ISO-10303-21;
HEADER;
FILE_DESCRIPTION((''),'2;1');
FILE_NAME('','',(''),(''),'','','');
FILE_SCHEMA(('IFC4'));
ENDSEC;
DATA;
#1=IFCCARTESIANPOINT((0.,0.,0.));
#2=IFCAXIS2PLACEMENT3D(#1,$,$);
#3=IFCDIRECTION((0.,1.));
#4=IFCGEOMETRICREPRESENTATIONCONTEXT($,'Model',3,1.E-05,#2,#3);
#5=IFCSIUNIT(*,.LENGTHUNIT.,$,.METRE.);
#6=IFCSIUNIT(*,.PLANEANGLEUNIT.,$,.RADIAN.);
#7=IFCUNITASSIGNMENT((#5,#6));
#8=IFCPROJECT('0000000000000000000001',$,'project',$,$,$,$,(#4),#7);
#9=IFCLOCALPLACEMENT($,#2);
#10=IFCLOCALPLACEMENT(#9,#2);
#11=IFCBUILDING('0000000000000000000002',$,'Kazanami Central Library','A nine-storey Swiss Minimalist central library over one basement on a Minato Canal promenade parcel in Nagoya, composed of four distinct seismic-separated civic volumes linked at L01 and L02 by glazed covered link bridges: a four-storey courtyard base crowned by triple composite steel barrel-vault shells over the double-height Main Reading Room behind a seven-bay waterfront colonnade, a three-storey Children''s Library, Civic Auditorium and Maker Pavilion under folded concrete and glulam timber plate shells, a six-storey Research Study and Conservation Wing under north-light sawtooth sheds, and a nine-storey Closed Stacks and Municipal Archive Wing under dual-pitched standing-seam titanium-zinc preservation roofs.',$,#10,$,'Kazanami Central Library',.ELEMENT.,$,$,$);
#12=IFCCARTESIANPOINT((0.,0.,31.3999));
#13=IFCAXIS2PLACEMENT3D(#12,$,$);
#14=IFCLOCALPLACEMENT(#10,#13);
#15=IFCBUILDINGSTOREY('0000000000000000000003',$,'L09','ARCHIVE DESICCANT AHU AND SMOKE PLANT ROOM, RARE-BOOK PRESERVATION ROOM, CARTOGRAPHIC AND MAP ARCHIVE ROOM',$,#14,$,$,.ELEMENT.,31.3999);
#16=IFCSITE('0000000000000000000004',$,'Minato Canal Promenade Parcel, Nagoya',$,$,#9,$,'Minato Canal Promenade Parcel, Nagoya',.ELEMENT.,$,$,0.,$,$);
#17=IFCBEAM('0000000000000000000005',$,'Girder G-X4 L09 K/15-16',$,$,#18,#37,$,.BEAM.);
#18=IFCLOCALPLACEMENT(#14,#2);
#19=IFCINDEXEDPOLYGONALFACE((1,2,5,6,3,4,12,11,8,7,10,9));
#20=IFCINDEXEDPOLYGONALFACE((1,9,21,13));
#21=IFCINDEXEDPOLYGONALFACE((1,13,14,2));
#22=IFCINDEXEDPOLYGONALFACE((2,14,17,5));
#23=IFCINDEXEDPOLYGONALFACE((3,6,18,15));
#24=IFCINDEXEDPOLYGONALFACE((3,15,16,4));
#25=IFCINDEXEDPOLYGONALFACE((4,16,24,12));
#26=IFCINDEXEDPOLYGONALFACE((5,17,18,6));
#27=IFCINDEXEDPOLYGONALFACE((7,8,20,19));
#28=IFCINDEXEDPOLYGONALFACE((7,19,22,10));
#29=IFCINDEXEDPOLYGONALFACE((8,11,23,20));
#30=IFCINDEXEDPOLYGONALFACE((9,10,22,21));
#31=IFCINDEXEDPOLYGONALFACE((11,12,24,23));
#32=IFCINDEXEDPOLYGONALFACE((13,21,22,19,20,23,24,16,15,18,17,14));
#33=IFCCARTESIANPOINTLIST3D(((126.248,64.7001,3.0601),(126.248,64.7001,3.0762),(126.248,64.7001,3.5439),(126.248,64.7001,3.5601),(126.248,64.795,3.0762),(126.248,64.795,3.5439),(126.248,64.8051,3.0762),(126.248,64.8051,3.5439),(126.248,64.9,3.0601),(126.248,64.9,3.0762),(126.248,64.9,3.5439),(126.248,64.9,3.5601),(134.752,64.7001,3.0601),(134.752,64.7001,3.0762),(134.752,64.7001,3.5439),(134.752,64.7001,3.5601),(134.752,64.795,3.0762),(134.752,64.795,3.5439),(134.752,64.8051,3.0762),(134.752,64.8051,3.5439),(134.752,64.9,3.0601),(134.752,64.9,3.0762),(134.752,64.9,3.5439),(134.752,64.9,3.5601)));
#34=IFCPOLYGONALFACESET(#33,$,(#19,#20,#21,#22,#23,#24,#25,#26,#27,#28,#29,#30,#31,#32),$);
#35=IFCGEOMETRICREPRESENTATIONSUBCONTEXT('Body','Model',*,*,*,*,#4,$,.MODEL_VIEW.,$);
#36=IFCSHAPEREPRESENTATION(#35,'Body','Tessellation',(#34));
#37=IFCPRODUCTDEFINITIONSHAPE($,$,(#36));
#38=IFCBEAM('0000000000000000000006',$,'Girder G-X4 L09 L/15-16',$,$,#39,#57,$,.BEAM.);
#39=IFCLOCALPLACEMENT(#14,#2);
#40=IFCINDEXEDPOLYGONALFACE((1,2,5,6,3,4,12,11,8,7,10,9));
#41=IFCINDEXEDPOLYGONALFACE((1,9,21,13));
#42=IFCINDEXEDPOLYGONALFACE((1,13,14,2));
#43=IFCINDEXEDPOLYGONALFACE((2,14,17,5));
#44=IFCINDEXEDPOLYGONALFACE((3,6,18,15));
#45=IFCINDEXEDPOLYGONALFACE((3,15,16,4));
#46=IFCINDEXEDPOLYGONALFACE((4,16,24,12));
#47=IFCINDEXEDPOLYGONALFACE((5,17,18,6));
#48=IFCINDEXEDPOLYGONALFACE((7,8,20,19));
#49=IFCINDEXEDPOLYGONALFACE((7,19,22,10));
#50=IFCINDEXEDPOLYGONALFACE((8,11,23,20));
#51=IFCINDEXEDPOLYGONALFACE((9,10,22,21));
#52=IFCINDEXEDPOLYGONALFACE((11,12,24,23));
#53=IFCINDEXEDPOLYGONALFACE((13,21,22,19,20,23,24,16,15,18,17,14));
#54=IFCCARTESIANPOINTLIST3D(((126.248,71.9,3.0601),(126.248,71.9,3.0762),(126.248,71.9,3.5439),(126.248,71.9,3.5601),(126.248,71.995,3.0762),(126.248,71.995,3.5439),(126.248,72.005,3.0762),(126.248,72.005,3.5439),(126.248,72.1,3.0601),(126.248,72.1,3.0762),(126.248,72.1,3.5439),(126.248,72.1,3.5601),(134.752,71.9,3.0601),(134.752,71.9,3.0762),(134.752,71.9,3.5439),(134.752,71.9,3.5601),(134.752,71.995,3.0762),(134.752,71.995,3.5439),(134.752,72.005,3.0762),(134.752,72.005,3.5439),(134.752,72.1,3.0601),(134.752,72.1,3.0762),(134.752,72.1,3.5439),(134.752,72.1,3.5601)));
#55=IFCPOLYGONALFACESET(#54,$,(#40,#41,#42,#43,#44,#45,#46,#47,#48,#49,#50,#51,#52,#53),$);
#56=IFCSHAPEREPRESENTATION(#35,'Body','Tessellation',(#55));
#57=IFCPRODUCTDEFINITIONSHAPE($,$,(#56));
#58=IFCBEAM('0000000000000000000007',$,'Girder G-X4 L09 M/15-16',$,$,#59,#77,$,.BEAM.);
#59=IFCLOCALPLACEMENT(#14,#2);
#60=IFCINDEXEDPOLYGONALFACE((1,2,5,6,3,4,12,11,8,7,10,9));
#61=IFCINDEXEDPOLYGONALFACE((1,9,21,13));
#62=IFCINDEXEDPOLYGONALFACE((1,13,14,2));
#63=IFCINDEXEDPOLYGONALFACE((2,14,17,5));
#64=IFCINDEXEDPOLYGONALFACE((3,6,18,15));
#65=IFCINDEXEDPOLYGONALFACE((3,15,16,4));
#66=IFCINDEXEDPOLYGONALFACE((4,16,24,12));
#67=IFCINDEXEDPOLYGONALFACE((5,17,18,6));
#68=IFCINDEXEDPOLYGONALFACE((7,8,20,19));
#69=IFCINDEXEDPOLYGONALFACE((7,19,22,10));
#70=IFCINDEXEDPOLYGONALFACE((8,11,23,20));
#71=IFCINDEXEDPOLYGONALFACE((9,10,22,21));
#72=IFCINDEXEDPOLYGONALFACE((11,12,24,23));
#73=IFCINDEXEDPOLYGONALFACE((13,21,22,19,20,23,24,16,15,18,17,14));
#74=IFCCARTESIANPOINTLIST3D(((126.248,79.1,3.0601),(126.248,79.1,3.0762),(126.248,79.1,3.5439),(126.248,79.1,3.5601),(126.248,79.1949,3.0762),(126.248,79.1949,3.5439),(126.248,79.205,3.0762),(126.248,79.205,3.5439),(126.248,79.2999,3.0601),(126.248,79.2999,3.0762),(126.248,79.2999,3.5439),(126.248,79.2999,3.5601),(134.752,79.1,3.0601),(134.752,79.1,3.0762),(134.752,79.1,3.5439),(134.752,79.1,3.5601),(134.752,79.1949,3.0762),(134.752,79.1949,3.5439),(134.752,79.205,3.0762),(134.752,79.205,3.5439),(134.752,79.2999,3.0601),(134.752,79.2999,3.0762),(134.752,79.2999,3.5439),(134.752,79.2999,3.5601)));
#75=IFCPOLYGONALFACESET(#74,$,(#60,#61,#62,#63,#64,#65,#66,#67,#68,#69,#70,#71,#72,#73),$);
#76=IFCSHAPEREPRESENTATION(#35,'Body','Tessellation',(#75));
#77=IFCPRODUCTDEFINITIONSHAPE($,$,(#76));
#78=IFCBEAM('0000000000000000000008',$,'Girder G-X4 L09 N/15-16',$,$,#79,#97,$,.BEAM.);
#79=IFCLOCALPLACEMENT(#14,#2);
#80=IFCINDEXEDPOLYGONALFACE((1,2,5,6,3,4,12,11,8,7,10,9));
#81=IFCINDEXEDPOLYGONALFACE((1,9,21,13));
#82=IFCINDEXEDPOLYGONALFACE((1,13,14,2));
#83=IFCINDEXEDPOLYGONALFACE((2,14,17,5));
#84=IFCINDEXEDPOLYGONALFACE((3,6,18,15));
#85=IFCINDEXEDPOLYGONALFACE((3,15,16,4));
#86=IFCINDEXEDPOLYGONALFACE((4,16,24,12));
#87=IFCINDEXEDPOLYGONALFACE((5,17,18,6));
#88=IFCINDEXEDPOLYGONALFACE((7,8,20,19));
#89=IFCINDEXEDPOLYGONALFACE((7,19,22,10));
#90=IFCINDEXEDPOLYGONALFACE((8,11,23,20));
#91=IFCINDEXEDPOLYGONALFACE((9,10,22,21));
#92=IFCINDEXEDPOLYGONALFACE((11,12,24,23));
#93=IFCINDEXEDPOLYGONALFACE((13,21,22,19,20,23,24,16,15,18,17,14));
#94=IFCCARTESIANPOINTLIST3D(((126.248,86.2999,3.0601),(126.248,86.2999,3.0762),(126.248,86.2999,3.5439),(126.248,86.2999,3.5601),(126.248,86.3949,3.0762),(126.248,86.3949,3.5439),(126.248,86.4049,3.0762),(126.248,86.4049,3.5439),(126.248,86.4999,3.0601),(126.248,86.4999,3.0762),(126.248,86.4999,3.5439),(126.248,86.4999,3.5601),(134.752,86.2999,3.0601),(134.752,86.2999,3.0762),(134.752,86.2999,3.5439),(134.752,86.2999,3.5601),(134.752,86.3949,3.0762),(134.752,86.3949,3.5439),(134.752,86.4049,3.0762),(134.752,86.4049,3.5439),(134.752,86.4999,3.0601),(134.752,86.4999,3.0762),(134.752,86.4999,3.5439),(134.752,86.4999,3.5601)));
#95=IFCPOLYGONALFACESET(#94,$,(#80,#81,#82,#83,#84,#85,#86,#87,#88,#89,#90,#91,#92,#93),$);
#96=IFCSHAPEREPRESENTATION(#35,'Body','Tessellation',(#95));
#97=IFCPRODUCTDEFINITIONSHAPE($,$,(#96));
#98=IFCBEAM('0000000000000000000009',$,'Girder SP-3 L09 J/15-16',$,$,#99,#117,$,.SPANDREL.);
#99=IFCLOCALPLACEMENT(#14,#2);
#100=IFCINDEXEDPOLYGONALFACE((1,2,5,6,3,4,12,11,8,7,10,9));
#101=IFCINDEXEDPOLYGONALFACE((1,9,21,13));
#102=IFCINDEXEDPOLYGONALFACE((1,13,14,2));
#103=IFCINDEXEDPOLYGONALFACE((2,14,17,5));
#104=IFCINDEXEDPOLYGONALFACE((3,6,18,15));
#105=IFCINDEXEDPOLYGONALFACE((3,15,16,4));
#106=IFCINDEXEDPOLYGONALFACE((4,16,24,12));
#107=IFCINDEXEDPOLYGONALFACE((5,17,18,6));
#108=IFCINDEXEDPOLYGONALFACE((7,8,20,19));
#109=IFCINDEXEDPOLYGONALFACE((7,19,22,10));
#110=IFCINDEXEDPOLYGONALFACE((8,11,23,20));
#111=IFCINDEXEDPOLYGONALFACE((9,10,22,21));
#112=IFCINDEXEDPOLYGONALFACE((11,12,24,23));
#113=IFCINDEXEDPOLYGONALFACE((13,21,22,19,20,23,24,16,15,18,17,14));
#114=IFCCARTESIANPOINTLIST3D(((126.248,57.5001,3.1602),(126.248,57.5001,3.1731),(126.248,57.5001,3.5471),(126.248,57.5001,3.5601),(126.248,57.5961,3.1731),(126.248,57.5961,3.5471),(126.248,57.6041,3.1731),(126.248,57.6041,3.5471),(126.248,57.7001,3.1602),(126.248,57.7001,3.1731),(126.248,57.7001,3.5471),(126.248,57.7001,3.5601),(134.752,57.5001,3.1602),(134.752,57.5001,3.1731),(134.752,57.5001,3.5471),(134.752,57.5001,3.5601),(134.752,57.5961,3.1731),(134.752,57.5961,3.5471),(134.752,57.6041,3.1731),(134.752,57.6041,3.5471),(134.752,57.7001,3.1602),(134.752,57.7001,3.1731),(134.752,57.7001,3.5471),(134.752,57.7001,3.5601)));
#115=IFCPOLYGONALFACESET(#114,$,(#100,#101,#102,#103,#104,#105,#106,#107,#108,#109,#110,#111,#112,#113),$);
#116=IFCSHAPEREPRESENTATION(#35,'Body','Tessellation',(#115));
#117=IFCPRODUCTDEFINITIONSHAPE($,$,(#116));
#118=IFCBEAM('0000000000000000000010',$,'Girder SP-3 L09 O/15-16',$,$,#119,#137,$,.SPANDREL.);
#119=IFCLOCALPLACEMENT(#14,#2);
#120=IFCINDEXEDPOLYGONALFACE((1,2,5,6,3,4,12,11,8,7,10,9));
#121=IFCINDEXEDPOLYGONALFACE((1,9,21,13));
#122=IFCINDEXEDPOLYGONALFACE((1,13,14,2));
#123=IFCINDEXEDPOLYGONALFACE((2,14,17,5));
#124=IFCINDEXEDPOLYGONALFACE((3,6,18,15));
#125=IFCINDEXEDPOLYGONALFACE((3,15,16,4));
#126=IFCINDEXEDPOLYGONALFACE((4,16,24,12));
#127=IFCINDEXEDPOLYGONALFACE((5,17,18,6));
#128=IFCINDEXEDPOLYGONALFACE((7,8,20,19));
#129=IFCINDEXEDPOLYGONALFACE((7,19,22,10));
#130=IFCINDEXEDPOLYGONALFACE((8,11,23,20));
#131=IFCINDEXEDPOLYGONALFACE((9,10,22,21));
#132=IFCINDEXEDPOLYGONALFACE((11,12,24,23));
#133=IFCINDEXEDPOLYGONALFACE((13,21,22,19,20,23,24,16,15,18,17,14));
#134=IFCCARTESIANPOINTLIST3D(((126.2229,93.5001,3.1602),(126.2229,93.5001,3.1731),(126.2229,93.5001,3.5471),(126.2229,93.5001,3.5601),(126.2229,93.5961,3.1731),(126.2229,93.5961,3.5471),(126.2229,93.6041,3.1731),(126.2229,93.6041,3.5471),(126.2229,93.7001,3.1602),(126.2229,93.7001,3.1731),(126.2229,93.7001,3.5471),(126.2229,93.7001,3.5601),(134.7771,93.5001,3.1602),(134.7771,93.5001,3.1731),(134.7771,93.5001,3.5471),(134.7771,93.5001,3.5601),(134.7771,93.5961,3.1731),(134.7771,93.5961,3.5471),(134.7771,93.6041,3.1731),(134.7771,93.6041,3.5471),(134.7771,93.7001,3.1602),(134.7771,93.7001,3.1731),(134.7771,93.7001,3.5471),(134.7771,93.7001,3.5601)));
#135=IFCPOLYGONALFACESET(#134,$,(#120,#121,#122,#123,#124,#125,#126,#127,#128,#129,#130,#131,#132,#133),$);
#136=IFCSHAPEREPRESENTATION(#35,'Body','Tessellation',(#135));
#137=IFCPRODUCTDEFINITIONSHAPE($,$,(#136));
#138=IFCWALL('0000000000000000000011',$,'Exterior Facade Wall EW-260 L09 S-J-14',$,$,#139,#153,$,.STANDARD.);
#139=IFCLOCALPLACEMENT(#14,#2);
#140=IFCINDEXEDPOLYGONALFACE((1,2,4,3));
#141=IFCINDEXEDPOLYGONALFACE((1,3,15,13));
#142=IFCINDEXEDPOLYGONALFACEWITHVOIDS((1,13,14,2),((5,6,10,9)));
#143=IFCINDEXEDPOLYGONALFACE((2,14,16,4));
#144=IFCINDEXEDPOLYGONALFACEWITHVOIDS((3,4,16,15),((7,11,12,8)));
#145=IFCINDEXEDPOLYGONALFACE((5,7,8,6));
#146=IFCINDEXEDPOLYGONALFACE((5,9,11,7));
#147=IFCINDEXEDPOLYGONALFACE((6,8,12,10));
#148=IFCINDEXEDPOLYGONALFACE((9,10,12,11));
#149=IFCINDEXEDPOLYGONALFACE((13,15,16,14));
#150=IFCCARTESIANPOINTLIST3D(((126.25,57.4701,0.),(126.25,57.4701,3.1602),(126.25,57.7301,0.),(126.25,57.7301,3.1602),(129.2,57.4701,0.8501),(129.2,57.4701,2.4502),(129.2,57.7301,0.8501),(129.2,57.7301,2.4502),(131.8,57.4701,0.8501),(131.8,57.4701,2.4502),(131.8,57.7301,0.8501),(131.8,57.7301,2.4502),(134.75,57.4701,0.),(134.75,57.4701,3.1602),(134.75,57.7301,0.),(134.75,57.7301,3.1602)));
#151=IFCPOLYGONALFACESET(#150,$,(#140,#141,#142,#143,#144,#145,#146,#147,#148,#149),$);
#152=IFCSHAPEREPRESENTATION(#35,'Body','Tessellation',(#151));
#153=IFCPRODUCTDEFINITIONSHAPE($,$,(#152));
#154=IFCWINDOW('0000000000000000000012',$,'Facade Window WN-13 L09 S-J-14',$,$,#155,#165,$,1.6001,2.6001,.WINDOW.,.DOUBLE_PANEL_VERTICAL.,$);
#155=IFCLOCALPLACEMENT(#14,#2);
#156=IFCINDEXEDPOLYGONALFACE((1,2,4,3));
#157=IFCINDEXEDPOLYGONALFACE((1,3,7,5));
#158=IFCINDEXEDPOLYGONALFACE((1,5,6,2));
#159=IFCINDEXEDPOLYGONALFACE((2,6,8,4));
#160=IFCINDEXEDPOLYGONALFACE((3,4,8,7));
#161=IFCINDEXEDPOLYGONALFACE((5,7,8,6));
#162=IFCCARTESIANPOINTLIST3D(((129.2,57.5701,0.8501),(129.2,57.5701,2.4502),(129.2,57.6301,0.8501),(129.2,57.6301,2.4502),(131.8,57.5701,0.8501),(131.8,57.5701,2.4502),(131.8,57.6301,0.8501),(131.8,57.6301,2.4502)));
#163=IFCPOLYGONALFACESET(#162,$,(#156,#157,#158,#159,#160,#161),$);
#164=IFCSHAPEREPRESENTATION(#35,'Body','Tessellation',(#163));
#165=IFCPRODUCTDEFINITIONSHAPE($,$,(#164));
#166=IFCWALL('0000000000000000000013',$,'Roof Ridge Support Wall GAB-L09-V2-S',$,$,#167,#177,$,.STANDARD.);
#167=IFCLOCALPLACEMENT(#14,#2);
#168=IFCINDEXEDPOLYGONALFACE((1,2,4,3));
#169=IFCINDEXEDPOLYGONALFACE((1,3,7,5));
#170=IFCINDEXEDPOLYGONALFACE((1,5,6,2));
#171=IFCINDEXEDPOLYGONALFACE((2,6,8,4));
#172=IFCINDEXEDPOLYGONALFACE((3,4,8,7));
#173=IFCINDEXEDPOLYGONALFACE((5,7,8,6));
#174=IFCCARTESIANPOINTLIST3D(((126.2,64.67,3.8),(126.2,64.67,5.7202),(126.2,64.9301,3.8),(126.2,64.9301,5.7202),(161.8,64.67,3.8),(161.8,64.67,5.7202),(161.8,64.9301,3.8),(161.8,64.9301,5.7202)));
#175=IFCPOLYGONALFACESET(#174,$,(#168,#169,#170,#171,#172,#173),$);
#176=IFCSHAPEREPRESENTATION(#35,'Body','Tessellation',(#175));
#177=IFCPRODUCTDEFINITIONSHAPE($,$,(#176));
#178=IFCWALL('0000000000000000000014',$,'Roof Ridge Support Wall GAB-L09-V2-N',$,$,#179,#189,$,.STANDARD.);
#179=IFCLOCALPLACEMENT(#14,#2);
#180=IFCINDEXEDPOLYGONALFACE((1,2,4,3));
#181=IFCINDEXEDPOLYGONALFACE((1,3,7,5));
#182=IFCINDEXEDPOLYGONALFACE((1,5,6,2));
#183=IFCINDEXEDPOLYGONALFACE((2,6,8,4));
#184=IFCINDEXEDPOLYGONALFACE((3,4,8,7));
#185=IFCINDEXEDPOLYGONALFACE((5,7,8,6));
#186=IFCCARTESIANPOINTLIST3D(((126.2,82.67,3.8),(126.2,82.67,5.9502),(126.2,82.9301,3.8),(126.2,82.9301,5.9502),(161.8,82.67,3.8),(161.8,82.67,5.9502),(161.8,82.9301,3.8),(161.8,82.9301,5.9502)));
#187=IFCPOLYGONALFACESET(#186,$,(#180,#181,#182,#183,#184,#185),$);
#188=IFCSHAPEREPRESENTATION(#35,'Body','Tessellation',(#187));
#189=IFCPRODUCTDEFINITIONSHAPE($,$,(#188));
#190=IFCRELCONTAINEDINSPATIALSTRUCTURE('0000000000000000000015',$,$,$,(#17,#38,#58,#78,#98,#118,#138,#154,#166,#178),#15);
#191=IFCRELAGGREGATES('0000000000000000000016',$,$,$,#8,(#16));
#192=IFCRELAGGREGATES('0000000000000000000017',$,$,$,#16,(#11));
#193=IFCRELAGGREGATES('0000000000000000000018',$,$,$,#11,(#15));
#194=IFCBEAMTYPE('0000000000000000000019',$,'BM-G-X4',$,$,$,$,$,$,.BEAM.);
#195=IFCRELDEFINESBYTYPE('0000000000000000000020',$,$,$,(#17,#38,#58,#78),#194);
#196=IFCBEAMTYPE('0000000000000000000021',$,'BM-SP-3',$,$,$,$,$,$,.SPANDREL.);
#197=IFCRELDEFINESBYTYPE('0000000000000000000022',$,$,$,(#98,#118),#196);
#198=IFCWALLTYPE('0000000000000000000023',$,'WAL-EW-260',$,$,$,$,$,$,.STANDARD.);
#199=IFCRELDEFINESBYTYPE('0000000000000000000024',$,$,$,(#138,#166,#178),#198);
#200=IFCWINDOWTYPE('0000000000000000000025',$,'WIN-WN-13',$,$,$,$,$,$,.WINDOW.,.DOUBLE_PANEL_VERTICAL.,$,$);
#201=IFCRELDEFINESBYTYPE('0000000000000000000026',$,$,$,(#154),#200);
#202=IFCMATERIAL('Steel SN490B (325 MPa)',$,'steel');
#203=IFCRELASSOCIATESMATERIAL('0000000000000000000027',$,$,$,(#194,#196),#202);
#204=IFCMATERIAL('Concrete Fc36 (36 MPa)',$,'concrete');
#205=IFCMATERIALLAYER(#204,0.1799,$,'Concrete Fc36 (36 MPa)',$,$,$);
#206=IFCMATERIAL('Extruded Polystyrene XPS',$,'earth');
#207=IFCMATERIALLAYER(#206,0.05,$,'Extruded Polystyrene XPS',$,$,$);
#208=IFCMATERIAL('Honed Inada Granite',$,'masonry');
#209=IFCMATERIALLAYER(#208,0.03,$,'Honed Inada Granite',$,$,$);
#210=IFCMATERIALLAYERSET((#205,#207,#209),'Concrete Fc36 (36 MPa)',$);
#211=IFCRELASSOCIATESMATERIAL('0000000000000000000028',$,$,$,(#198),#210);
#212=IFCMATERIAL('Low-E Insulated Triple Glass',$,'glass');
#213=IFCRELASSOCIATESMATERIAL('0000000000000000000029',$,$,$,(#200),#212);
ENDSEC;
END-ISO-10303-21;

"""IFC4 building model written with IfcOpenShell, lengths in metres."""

from ifc_helpers import new_model, si_unit, direction, frame, frame_2d, origin, origin_2d, place, context, subcontext, project, spatial, rectangle, i_section, extrude, material, layer, layer_set, material_profile, profile_set, type_object, element, fill, save


model = new_model("IFC4")

# Units and contexts
model_context = context("Model", 3, precision=1e-05, world=origin(), true_north=direction((0.0, 1.0)))
body_context = subcontext(model_context, "Body", "Model", "MODEL_VIEW")
ifc_project = project(units=[si_unit("LENGTHUNIT", "METRE"), si_unit("PLANEANGLEUNIT", "RADIAN")], contexts=[model_context])

# Site, building, storey
site_placement = place(None, origin())
site = spatial("IfcSite", under=ifc_project, at=site_placement, Name="Minato Canal Promenade Parcel, Nagoya", LongName="Minato Canal Promenade Parcel, Nagoya", CompositionType="ELEMENT", RefElevation=0.0)
building_placement = place(site_placement, origin())
building = spatial("IfcBuilding", under=site, at=building_placement, Name="Kazanami Central Library", Description="A nine-storey Swiss Minimalist central library over one basement on a Minato Canal promenade parcel in Nagoya, composed of four distinct seismic-separated civic volumes linked at L01 and L02 by glazed covered link bridges: a four-storey courtyard base crowned by triple composite steel barrel-vault shells over the double-height Main Reading Room behind a seven-bay waterfront colonnade, a three-storey Children's Library, Civic Auditorium and Maker Pavilion under folded concrete and glulam timber plate shells, a six-storey Research Study and Conservation Wing under north-light sawtooth sheds, and a nine-storey Closed Stacks and Municipal Archive Wing under dual-pitched standing-seam titanium-zinc preservation roofs.", LongName="Kazanami Central Library", CompositionType="ELEMENT")
storey_placement = place(building_placement, frame((0.0, 0.0, 31.3999)))
storey = spatial("IfcBuildingStorey", under=building, at=storey_placement, Name="L09", Description="ARCHIVE DESICCANT AHU AND SMOKE PLANT ROOM, RARE-BOOK PRESERVATION ROOM, CARTOGRAPHIC AND MAP ARCHIVE ROOM", CompositionType="ELEMENT", Elevation=31.3999)

# Beams
ifc_material_1 = material(Name="Steel SN490B (325 MPa)", Category="steel")
ifc_material_profile_1 = material_profile(ifc_material_1, i_section(OverallWidth=0.2, OverallDepth=0.5, WebThickness=0.01, FlangeThickness=0.0161, at=origin_2d()), Name="H-500x200x10x16")
ifc_profile_set_1 = profile_set([ifc_material_profile_1], Name="Steel SN490B (325 MPa)")
beam_type_1 = type_object("IfcBeamType", Name="BM-G-X4", PredefinedType="BEAM", material=ifc_profile_set_1)
for number, where, z_axis, x_axis, name in (
    (1, (126.248, 64.8, 3.3101), (1.0, 0.0, 0.0), (0.0, 1.0, 0.0), "Girder G-X4 L09 K/15-16"),
    (2, (126.248, 72.0, 3.3101), (1.0, 0.0, 0.0), (0.0, 1.0, 0.0), "Girder G-X4 L09 L/15-16"),
    (3, (126.248, 79.2, 3.3101), (1.0, 0.0, 0.0), (0.0, 1.0, 0.0), "Girder G-X4 L09 M/15-16"),
    (4, (126.248, 86.3999, 3.3101), (1.0, 0.0, 0.0), (0.0, 1.0, 0.0), "Girder G-X4 L09 N/15-16"),
):
    element("IfcBeam", number, at=place(storey_placement, frame(where, z_axis=z_axis, x_axis=x_axis)), inside=storey, type_object=beam_type_1, Name=name, PredefinedType="BEAM", context=body_context, shape_type="SweptSolid", body=[
        extrude(i_section(OverallWidth=0.2, OverallDepth=0.5, WebThickness=0.01, FlangeThickness=0.0161, at=origin_2d()), origin(), (0.0, 0.0, 1.0), 8.5039),
    ])
ifc_material_profile_2 = material_profile(ifc_material_1, i_section(OverallWidth=0.2, OverallDepth=0.3999, WebThickness=0.0081, FlangeThickness=0.0129, at=origin_2d()), Name="H-400x200x8x13")
ifc_profile_set_2 = profile_set([ifc_material_profile_2], Name="Steel SN490B (325 MPa)")
beam_type_2 = type_object("IfcBeamType", Name="BM-SP-3", PredefinedType="SPANDREL", material=ifc_profile_set_2)
beam_1_placement = place(storey_placement, frame((126.248, 57.6001, 3.3601), z_axis=(1.0, 0.0, 0.0), x_axis=(0.0, 1.0, 0.0)))
element("IfcBeam", 5, at=beam_1_placement, inside=storey, type_object=beam_type_2, Name="Girder SP-3 L09 J/15-16", PredefinedType="SPANDREL", context=body_context, shape_type="SweptSolid", body=[
    extrude(i_section(OverallWidth=0.2, OverallDepth=0.3999, WebThickness=0.0081, FlangeThickness=0.0129, at=origin_2d()), origin(), (0.0, 0.0, 1.0), 8.5039),
])
beam_2_placement = place(storey_placement, frame((126.2229, 93.6001, 3.3601), z_axis=(1.0, 0.0, 0.0), x_axis=(0.0, 1.0, 0.0)))
element("IfcBeam", 6, at=beam_2_placement, inside=storey, type_object=beam_type_2, Name="Girder SP-3 L09 O/15-16", PredefinedType="SPANDREL", context=body_context, shape_type="SweptSolid", body=[
    extrude(i_section(OverallWidth=0.2, OverallDepth=0.3999, WebThickness=0.0081, FlangeThickness=0.0129, at=origin_2d()), origin(), (0.0, 0.0, 1.0), 8.5542),
])

# Wall, opening, window
ifc_material_2 = material(Name="Concrete Fc36 (36 MPa)", Category="concrete")
ifc_layer_1 = layer(ifc_material_2, 0.1799, Name="Concrete Fc36 (36 MPa)")
ifc_material_3 = material(Name="Extruded Polystyrene XPS", Category="earth")
ifc_layer_2 = layer(ifc_material_3, 0.05, Name="Extruded Polystyrene XPS")
ifc_material_4 = material(Name="Honed Inada Granite", Category="masonry")
ifc_layer_3 = layer(ifc_material_4, 0.03, Name="Honed Inada Granite")
ifc_layer_set_1 = layer_set([ifc_layer_1, ifc_layer_2, ifc_layer_3], Name="Concrete Fc36 (36 MPa)")
wall_type_1 = type_object("IfcWallType", Name="WAL-EW-260", PredefinedType="STANDARD", material=ifc_layer_set_1)
wall_1_placement = place(storey_placement, frame((126.25, 57.6001, 0.0), z_axis=(0.0, 0.0, 1.0), x_axis=(1.0, 0.0, 0.0)))
wall_1 = element("IfcWall", 7, at=wall_1_placement, inside=storey, type_object=wall_type_1, Name="Exterior Facade Wall EW-260 L09 S-J-14", PredefinedType="STANDARD", context=body_context, shape_type="SweptSolid", body=[
    extrude(rectangle(XDim=8.5, YDim=0.26, at=frame_2d((4.25, 0.0))), origin(), (0.0, 0.0, 1.0), 3.1602),
])
opening_1_placement = place(wall_1_placement, frame((2.95, 0.0, 0.8501)))
opening_1 = element("IfcOpeningElement", 8, at=opening_1_placement, cuts=wall_1, PredefinedType="OPENING", context=body_context, shape_type="SweptSolid", body=[
    extrude(rectangle(XDim=2.6001, YDim=1.6001, at=frame_2d((1.3, 0.8))), frame((0.0, 0.1421, 0.0), z_axis=(0.0, -1.0, 0.0), x_axis=(1.0, 0.0, 0.0)), (0.0, 0.0, 1.0), 0.2839),
])
ifc_material_5 = material(Name="Low-E Insulated Triple Glass", Category="glass")
window_type = type_object("IfcWindowType", Name="WIN-WN-13", PartitioningType="DOUBLE_PANEL_VERTICAL", PredefinedType="WINDOW", material=ifc_material_5)
window_placement = place(opening_1_placement, origin())
window = element("IfcWindow", 9, at=window_placement, inside=storey, type_object=window_type, Name="Facade Window WN-13 L09 S-J-14", OverallHeight=1.6001, OverallWidth=2.6001, PartitioningType="DOUBLE_PANEL_VERTICAL", PredefinedType="WINDOW", context=body_context, shape_type="SweptSolid", body=[
    extrude(rectangle(XDim=2.6001, YDim=1.6001, at=frame_2d((1.3, 0.8))), frame((0.0, 0.03, 0.0), z_axis=(0.0, -1.0, 0.0), x_axis=(1.0, 0.0, 0.0)), (0.0, 0.0, 1.0), 0.0601),
])
fill(opening_1, window)

# Walls
wall_2_placement = place(storey_placement, frame((126.2, 64.8, 3.8), z_axis=(0.0, 0.0, 1.0), x_axis=(1.0, 0.0, 0.0)))
element("IfcWall", 10, at=wall_2_placement, inside=storey, type_object=wall_type_1, Name="Roof Ridge Support Wall GAB-L09-V2-S", PredefinedType="STANDARD", context=body_context, shape_type="SweptSolid", body=[
    extrude(rectangle(XDim=35.6001, YDim=0.26, at=frame_2d((17.8, 0.0))), origin(), (0.0, 0.0, 1.0), 1.9202),
])
wall_3_placement = place(storey_placement, frame((126.2, 82.8, 3.8), z_axis=(0.0, 0.0, 1.0), x_axis=(1.0, 0.0, 0.0)))
element("IfcWall", 11, at=wall_3_placement, inside=storey, type_object=wall_type_1, Name="Roof Ridge Support Wall GAB-L09-V2-N", PredefinedType="STANDARD", context=body_context, shape_type="SweptSolid", body=[
    extrude(rectangle(XDim=35.6001, YDim=0.26, at=frame_2d((17.8, 0.0))), origin(), (0.0, 0.0, 1.0), 2.1501),
])

save(model, "model.ifc")
